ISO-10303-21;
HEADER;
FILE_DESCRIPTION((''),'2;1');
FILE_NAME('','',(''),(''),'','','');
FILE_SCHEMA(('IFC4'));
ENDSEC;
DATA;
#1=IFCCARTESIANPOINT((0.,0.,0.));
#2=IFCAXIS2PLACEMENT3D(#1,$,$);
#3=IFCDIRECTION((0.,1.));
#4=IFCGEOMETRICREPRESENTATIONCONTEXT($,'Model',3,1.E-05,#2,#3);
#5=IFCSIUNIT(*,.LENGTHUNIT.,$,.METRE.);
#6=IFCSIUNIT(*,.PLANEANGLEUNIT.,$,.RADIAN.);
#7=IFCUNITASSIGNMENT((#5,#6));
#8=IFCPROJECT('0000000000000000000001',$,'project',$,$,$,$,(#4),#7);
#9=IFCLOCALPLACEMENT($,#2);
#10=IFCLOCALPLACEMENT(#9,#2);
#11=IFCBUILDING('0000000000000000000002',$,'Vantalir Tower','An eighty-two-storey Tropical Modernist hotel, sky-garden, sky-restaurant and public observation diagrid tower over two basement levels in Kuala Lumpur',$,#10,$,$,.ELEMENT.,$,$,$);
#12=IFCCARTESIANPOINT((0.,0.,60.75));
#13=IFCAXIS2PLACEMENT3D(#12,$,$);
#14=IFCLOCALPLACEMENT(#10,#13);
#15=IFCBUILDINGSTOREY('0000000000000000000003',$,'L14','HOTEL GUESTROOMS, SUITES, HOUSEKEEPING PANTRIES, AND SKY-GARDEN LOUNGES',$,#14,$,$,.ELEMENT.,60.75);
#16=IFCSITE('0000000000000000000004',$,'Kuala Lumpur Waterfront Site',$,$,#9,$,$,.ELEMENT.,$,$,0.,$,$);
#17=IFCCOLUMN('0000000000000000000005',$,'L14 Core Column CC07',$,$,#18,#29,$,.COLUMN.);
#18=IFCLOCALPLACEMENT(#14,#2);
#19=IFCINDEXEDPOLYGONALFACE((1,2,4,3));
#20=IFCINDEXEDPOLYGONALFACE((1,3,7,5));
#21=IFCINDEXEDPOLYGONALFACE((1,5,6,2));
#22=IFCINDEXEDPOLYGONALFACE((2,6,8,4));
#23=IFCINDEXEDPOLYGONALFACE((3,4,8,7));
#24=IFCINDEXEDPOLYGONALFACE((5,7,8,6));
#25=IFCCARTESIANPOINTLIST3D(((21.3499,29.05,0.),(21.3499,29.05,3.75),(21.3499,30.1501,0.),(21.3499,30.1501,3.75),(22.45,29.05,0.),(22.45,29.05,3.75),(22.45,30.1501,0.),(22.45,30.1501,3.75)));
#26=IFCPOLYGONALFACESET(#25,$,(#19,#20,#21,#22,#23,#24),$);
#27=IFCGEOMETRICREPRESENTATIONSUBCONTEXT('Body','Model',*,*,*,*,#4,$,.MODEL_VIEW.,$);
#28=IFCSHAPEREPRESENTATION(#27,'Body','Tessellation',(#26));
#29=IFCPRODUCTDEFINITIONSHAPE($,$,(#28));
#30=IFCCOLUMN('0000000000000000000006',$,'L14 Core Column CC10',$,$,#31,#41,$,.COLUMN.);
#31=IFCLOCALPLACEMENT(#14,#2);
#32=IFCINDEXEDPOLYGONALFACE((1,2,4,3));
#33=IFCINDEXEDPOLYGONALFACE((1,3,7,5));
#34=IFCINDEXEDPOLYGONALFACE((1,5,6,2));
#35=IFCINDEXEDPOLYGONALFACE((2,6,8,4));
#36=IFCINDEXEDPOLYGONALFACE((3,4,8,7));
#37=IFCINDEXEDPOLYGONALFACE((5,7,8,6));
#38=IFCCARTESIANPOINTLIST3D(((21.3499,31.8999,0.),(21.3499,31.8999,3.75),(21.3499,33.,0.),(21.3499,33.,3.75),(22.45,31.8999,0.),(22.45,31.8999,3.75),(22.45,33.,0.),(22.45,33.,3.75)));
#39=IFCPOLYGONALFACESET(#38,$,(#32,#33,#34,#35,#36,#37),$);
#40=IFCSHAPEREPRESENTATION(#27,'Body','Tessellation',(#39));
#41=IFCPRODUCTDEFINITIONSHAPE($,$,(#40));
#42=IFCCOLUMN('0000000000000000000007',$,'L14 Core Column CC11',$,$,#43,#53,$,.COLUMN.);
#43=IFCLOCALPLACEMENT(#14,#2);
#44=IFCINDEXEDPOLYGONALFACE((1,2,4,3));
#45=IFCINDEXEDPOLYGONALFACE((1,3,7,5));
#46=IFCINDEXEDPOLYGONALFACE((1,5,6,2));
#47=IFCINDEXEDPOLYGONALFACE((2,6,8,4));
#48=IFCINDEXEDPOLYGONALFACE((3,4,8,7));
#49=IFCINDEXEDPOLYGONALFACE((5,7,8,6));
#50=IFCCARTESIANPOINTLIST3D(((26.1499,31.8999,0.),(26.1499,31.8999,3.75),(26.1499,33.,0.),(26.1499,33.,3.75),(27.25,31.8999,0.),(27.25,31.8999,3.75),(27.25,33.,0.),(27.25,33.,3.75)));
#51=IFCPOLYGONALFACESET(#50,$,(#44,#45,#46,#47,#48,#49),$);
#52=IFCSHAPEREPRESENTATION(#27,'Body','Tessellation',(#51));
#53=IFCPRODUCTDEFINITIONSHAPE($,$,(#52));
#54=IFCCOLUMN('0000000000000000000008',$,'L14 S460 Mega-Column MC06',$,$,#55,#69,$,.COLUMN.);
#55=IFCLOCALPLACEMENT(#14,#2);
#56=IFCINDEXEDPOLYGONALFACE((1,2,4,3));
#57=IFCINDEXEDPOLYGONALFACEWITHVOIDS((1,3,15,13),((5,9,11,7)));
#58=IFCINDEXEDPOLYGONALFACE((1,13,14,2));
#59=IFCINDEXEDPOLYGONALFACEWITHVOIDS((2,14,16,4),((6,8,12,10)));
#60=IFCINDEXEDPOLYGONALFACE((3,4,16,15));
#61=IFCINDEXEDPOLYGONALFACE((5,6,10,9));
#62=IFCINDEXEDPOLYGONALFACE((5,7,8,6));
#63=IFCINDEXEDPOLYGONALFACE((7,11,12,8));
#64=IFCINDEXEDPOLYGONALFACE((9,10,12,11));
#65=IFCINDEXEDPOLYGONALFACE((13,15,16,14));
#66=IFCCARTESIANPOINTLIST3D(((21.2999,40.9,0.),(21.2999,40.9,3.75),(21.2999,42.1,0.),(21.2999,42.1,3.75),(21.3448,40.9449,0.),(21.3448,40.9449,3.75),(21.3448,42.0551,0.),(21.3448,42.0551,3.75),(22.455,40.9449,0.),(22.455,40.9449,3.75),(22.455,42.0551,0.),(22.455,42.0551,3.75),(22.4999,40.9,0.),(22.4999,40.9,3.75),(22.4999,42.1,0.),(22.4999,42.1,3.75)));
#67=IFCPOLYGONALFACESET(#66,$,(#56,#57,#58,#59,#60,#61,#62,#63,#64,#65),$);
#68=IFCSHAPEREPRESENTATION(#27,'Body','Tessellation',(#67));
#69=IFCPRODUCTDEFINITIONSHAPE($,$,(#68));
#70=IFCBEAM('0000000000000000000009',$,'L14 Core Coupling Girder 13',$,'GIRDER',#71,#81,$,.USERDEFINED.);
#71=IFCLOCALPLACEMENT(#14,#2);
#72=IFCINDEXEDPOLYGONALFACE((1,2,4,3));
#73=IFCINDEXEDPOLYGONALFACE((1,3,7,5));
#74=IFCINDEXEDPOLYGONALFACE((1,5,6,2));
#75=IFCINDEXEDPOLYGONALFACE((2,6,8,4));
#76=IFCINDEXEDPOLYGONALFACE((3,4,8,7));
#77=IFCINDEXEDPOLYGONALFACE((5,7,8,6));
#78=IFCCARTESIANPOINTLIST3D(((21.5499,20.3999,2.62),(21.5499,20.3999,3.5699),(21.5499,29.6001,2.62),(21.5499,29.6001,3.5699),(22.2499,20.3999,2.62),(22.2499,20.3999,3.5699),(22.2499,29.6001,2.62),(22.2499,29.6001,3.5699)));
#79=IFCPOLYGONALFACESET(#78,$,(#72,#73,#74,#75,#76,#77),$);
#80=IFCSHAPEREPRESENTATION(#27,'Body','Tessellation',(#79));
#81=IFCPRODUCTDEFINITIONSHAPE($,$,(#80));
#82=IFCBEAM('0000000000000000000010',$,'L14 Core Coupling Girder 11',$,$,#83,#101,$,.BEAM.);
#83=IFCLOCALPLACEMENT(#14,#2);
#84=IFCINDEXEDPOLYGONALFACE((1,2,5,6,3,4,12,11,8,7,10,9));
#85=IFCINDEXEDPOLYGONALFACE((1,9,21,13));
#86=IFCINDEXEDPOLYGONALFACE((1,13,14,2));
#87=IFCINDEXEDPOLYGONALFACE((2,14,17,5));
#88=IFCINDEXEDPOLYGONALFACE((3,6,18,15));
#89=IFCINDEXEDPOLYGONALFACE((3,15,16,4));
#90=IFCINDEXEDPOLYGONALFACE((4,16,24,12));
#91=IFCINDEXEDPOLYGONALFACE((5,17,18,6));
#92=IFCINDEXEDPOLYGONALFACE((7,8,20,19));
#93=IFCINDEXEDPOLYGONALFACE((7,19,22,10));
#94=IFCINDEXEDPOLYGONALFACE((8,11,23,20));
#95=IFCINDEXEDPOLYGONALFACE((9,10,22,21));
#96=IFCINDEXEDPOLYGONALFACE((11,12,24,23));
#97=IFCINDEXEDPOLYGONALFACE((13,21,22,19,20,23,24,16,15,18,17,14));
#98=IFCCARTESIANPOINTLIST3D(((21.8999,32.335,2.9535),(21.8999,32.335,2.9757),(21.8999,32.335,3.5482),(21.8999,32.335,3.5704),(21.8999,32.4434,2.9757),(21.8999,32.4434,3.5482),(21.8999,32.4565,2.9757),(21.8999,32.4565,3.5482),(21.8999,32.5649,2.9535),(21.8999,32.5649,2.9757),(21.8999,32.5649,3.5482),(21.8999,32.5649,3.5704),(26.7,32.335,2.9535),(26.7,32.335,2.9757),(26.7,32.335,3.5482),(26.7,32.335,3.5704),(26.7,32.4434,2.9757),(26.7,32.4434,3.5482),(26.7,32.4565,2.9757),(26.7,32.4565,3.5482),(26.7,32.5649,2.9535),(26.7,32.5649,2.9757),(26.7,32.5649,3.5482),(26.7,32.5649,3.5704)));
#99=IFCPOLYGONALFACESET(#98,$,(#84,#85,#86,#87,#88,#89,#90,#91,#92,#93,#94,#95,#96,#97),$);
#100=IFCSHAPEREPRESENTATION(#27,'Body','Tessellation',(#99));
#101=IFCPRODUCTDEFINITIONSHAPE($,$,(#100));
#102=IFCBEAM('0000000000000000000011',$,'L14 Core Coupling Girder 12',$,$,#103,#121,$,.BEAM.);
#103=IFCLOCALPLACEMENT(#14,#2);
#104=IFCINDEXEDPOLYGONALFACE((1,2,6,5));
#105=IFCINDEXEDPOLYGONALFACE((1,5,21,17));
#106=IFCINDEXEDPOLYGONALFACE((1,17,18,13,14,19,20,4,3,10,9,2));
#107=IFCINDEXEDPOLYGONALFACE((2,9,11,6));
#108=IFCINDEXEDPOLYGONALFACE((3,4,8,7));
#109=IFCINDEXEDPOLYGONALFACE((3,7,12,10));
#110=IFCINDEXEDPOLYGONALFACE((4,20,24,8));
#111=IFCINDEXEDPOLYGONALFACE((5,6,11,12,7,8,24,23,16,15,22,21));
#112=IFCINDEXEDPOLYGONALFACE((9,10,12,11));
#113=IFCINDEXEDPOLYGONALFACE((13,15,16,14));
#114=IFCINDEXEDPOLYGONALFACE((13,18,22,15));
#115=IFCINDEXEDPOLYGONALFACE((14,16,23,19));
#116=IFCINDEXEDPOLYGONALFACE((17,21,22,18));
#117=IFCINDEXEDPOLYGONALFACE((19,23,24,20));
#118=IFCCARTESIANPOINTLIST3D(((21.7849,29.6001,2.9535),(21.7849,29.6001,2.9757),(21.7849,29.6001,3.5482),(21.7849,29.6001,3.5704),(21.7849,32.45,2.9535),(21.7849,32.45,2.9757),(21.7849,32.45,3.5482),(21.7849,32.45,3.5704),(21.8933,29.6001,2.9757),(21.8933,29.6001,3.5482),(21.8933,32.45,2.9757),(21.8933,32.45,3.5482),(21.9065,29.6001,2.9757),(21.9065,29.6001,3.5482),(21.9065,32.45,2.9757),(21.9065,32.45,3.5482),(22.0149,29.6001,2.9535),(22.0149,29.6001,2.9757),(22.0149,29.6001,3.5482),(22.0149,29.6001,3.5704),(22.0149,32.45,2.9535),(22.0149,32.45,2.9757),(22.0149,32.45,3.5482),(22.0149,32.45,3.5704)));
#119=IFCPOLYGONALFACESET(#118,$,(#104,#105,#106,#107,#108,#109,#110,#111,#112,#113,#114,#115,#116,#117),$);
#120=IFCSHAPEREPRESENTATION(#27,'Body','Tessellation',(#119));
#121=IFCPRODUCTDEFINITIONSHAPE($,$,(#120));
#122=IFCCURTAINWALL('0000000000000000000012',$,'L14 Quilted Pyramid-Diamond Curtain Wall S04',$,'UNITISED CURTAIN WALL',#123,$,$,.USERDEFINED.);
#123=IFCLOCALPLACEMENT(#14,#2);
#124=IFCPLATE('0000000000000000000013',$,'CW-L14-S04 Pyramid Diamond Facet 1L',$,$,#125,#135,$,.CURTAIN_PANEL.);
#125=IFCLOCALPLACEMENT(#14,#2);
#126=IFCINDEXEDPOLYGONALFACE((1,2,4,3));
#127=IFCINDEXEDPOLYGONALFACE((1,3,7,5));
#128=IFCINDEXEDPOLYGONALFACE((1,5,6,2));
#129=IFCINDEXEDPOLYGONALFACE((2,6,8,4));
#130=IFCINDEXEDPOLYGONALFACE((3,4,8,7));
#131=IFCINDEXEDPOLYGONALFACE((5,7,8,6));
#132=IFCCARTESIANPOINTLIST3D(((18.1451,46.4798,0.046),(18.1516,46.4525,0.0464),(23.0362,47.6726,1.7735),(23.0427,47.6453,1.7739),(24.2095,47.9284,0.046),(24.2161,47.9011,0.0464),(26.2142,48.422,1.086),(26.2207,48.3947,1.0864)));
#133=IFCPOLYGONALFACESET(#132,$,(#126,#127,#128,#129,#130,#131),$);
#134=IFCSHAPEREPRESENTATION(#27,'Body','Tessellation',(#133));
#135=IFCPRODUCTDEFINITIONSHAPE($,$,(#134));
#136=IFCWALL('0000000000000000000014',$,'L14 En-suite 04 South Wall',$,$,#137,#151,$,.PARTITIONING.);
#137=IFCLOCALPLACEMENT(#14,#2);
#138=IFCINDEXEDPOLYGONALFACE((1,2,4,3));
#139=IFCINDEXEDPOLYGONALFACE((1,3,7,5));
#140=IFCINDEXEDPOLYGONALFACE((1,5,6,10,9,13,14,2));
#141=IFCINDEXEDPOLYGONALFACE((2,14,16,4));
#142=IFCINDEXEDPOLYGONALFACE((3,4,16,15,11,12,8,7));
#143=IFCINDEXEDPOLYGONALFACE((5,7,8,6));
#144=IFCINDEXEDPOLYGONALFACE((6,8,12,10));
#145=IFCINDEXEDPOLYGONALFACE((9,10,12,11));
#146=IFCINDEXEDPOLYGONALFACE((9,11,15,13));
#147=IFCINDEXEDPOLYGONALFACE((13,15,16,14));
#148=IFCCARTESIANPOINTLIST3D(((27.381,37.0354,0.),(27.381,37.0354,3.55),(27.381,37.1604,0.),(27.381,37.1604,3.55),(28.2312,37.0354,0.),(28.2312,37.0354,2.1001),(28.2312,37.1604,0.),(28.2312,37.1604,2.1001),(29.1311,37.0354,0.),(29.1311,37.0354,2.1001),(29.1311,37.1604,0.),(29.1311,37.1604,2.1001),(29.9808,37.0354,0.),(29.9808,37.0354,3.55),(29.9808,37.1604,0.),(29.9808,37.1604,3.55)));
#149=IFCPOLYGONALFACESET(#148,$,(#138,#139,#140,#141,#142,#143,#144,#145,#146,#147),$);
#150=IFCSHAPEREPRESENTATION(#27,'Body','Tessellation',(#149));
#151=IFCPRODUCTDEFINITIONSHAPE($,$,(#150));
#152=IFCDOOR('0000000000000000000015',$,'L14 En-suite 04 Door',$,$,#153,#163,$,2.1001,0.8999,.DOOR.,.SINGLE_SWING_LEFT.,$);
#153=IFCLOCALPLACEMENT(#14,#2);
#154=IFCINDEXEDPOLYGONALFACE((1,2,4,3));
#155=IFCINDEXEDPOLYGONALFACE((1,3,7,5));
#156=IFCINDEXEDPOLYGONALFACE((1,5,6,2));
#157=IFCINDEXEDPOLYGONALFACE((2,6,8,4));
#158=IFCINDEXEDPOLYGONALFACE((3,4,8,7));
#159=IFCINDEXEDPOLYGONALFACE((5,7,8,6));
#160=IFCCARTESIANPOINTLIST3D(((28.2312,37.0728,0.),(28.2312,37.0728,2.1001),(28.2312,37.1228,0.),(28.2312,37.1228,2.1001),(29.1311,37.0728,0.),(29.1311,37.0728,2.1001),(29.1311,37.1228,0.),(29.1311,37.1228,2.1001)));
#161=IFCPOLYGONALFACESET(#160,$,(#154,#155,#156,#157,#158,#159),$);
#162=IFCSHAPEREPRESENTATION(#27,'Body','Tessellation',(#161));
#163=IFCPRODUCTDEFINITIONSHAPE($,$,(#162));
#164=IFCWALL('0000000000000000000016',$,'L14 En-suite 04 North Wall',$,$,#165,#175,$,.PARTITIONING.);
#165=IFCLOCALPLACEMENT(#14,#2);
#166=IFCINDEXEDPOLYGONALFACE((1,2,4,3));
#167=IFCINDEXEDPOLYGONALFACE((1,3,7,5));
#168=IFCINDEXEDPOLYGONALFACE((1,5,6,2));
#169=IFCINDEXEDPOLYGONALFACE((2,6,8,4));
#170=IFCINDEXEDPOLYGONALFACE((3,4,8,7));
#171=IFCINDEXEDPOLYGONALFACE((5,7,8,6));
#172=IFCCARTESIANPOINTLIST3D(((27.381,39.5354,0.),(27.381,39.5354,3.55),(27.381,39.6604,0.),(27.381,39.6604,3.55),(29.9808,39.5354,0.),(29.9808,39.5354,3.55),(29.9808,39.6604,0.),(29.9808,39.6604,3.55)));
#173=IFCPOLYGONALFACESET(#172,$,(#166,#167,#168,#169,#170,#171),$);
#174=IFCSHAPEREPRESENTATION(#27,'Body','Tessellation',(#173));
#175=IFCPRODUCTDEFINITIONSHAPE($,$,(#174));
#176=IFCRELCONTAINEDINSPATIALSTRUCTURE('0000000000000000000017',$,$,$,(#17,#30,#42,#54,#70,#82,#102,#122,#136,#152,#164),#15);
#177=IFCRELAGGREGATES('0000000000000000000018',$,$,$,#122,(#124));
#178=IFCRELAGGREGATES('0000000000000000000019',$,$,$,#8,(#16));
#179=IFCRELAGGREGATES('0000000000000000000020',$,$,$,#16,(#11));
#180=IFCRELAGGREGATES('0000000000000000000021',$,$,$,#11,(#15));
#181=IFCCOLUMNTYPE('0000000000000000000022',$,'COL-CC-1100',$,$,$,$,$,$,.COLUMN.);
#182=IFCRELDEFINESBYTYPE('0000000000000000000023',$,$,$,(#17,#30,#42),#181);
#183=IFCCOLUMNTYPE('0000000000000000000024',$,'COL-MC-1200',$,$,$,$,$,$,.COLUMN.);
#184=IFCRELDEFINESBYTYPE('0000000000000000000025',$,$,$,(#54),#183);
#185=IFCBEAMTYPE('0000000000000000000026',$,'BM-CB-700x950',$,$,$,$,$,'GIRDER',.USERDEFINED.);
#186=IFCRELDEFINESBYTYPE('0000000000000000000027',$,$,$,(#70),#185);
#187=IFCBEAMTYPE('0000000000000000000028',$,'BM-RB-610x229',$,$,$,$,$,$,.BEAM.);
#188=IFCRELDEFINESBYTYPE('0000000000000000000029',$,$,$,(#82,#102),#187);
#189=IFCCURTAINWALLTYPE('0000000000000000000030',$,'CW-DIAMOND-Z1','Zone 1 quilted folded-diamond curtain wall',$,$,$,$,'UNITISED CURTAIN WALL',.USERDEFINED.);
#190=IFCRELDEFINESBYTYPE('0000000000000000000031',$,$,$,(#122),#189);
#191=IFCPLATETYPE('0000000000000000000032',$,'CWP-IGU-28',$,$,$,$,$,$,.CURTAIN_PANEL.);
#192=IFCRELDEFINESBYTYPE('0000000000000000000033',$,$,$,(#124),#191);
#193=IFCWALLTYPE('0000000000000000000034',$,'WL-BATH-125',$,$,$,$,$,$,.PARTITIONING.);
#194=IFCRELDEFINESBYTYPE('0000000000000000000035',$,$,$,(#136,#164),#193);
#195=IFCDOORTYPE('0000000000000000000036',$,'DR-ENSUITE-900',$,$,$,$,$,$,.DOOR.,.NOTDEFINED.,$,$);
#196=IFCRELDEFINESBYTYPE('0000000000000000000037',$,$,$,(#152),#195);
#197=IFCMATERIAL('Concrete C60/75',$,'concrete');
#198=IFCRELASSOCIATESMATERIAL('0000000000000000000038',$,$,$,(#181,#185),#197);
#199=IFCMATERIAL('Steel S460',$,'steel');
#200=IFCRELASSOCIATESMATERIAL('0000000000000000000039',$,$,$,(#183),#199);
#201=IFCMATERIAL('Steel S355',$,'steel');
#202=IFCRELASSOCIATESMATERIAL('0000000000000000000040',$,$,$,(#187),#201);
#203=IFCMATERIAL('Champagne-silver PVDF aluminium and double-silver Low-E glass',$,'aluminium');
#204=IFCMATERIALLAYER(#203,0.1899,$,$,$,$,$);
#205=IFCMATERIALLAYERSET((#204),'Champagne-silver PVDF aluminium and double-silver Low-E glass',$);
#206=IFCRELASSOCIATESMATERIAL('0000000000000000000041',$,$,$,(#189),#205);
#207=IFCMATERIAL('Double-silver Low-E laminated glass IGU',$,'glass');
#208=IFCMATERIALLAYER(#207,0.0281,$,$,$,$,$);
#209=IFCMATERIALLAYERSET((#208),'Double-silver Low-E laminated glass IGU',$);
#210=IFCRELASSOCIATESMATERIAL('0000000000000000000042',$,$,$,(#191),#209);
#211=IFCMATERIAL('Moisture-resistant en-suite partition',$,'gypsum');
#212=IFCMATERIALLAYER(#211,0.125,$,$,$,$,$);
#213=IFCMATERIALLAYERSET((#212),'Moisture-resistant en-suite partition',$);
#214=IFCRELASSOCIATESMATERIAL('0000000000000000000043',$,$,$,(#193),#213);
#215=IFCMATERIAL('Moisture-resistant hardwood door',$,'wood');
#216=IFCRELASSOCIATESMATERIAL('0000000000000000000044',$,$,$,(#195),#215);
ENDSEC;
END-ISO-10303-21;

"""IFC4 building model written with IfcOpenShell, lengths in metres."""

from ifc_helpers import new_model, si_unit, direction, frame, frame_2d, origin, origin_2d, place, context, subcontext, project, spatial, polyline, rectangle, hollow_rectangle, i_section, outline, extrude, material, layer, layer_set, material_profile, profile_set, type_object, element, fill, aggregate, save


model = new_model("IFC4")

# Units and contexts
model_context = context("Model", 3, precision=1e-05, world=origin(), true_north=direction((0.0, 1.0)))
body_context = subcontext(model_context, "Body", "Model", "MODEL_VIEW")
ifc_project = project(units=[si_unit("LENGTHUNIT", "METRE"), si_unit("PLANEANGLEUNIT", "RADIAN")], contexts=[model_context])

# Site, building, storey
site_placement = place(None, origin())
site = spatial("IfcSite", under=ifc_project, at=site_placement, Name="Kuala Lumpur Waterfront Site", CompositionType="ELEMENT", RefElevation=0.0)
building_placement = place(site_placement, origin())
building = spatial("IfcBuilding", under=site, at=building_placement, Name="Vantalir Tower", Description="An eighty-two-storey Tropical Modernist hotel, sky-garden, sky-restaurant and public observation diagrid tower over two basement levels in Kuala Lumpur", CompositionType="ELEMENT")
storey_placement = place(building_placement, frame((0.0, 0.0, 60.75)))
storey = spatial("IfcBuildingStorey", under=building, at=storey_placement, Name="L14", Description="HOTEL GUESTROOMS, SUITES, HOUSEKEEPING PANTRIES, AND SKY-GARDEN LOUNGES", CompositionType="ELEMENT", Elevation=60.75)

# Columns
ifc_material_1 = material(Name="Concrete C60/75", Category="concrete")
ifc_material_profile_1 = material_profile(ifc_material_1, rectangle(XDim=1.1001, YDim=1.1001, at=origin_2d()), Name="Concrete C60/75")
ifc_profile_set_1 = profile_set([ifc_material_profile_1], Name="Concrete C60/75")
column_type_1 = type_object("IfcColumnType", Name="COL-CC-1100", PredefinedType="COLUMN", material=ifc_profile_set_1)
for number, where, z_axis, x_axis, name in (
    (1, (21.8999, 29.6001, 0.0), (0.0, 0.0, 1.0), (1.0, 0.0, 0.0), "L14 Core Column CC07"),
    (2, (21.8999, 32.45, 0.0), (0.0, 0.0, 1.0), (1.0, 0.0, 0.0), "L14 Core Column CC10"),
    (3, (26.7, 32.45, 0.0), (0.0, 0.0, 1.0), (1.0, 0.0, 0.0), "L14 Core Column CC11"),
):
    element("IfcColumn", number, at=place(storey_placement, frame(where, z_axis=z_axis, x_axis=x_axis)), inside=storey, type_object=column_type_1, Name=name, PredefinedType="COLUMN", context=body_context, shape_type="SweptSolid", body=[
        extrude(rectangle(XDim=1.1001, YDim=1.1001, at=origin_2d()), origin(), (0.0, 0.0, 1.0), 3.75),
    ])
ifc_material_2 = material(Name="Steel S460", Category="steel")
ifc_material_profile_2 = material_profile(ifc_material_2, hollow_rectangle(XDim=1.2, YDim=1.2, WallThickness=0.0449, at=origin_2d()), Name="Steel S460")
ifc_profile_set_2 = profile_set([ifc_material_profile_2], Name="Steel S460")
column_type_2 = type_object("IfcColumnType", Name="COL-MC-1200", PredefinedType="COLUMN", material=ifc_profile_set_2)
column_placement = place(storey_placement, frame((21.8999, 41.5, 0.0), z_axis=(0.0, 0.0, 1.0), x_axis=(1.0, 0.0, 0.0)))
element("IfcColumn", 4, at=column_placement, inside=storey, type_object=column_type_2, Name="L14 S460 Mega-Column MC06", PredefinedType="COLUMN", context=body_context, shape_type="SweptSolid", body=[
    extrude(hollow_rectangle(XDim=1.2, YDim=1.2, WallThickness=0.0449, at=origin_2d()), origin(), (0.0, 0.0, 1.0), 3.75),
])

# Beams
ifc_material_profile_3 = material_profile(ifc_material_1, rectangle(XDim=0.7, YDim=0.95, at=origin_2d()), Name="Concrete C60/75")
ifc_profile_set_3 = profile_set([ifc_material_profile_3], Name="Concrete C60/75")
beam_type_1 = type_object("IfcBeamType", Name="BM-CB-700x950", ElementType="GIRDER", PredefinedType="USERDEFINED", material=ifc_profile_set_3)
beam_1_placement = place(storey_placement, frame((21.8999, 29.6001, 3.095), z_axis=(0.0, -1.0, 0.0), x_axis=(1.0, 0.0, 0.0)))
element("IfcBeam", 5, at=beam_1_placement, inside=storey, type_object=beam_type_1, Name="L14 Core Coupling Girder 13", ObjectType="GIRDER", PredefinedType="USERDEFINED", context=body_context, shape_type="SweptSolid", body=[
    extrude(rectangle(XDim=0.7, YDim=0.95, at=origin_2d()), origin(), (0.0, 0.0, 1.0), 9.2002),
])
ifc_material_3 = material(Name="Steel S355", Category="steel")
ifc_material_profile_4 = material_profile(ifc_material_3, i_section(OverallWidth=0.23, OverallDepth=0.6169, WebThickness=0.0132, FlangeThickness=0.0222, at=origin_2d()), Name="Steel S355")
ifc_profile_set_4 = profile_set([ifc_material_profile_4], Name="Steel S355")
beam_type_2 = type_object("IfcBeamType", Name="BM-RB-610x229", PredefinedType="BEAM", material=ifc_profile_set_4)
beam_2_placement = place(storey_placement, frame((26.7, 32.45, 3.262), z_axis=(-1.0, 0.0, 0.0), x_axis=(0.0, -1.0, 0.0)))
element("IfcBeam", 6, at=beam_2_placement, inside=storey, type_object=beam_type_2, Name="L14 Core Coupling Girder 11", PredefinedType="BEAM", context=body_context, shape_type="SweptSolid", body=[
    extrude(i_section(OverallWidth=0.23, OverallDepth=0.6169, WebThickness=0.0132, FlangeThickness=0.0222, at=origin_2d()), origin(), (0.0, 0.0, 1.0), 4.8),
])
beam_3_placement = place(storey_placement, frame((21.8999, 32.45, 3.262), z_axis=(0.0, -1.0, 0.0), x_axis=(1.0, 0.0, 0.0)))
element("IfcBeam", 7, at=beam_3_placement, inside=storey, type_object=beam_type_2, Name="L14 Core Coupling Girder 12", PredefinedType="BEAM", context=body_context, shape_type="SweptSolid", body=[
    extrude(i_section(OverallWidth=0.23, OverallDepth=0.6169, WebThickness=0.0132, FlangeThickness=0.0222, at=origin_2d()), origin(), (0.0, 0.0, 1.0), 2.8499),
])

# Curtain wall, plate
ifc_material_4 = material(Name="Champagne-silver PVDF aluminium and double-silver Low-E glass", Category="aluminium")
ifc_layer_1 = layer(ifc_material_4, 0.1899)
ifc_layer_set_1 = layer_set([ifc_layer_1], Name="Champagne-silver PVDF aluminium and double-silver Low-E glass")
curtain_wall_type = type_object("IfcCurtainWallType", Name="CW-DIAMOND-Z1", Description="Zone 1 quilted folded-diamond curtain wall", ElementType="UNITISED CURTAIN WALL", PredefinedType="USERDEFINED", material=ifc_layer_set_1)
curtain_wall_placement = place(storey_placement, origin())
curtain_wall = element("IfcCurtainWall", 8, at=curtain_wall_placement, inside=storey, type_object=curtain_wall_type, Name="L14 Quilted Pyramid-Diamond Curtain Wall S04", ObjectType="UNITISED CURTAIN WALL", PredefinedType="USERDEFINED")
ifc_material_5 = material(Name="Double-silver Low-E laminated glass IGU", Category="glass")
ifc_layer_2 = layer(ifc_material_5, 0.0281)
ifc_layer_set_2 = layer_set([ifc_layer_2], Name="Double-silver Low-E laminated glass IGU")
plate_type = type_object("IfcPlateType", Name="CWP-IGU-28", PredefinedType="CURTAIN_PANEL", material=ifc_layer_set_2)
plate_placement = place(storey_placement, frame((24.2161, 47.9011, 0.0464), z_axis=(0.232309, -0.972545, 0.013744), x_axis=(-0.972637, -0.232331, 0.0)))
plate = element("IfcPlate", 9, at=plate_placement, type_object=plate_type, Name="CW-L14-S04 Pyramid Diamond Facet 1L", PredefinedType="CURTAIN_PANEL", context=body_context, shape_type="SweptSolid", body=[
    extrude(outline(polyline([(0.0, 0.0), (6.235, 0.0), (1.2007, -1.7277), (-2.0645, -1.0401), (0.0, 0.0)])), origin(), (0.0, 0.0, -1.0), 0.0281),
])
aggregate(curtain_wall, [plate])

# Wall, opening, door
ifc_material_6 = material(Name="Moisture-resistant en-suite partition", Category="gypsum")
ifc_layer_3 = layer(ifc_material_6, 0.125)
ifc_layer_set_3 = layer_set([ifc_layer_3], Name="Moisture-resistant en-suite partition")
wall_type_1 = type_object("IfcWallType", Name="WL-BATH-125", PredefinedType="PARTITIONING", material=ifc_layer_set_3)
wall_1_placement = place(storey_placement, frame((27.3811, 37.0979, 0.0), z_axis=(0.0, 0.0, 1.0), x_axis=(1.0, 0.0, 0.0)))
wall_1 = element("IfcWall", 10, at=wall_1_placement, inside=storey, type_object=wall_type_1, Name="L14 En-suite 04 South Wall", PredefinedType="PARTITIONING", context=body_context, shape_type="SweptSolid", body=[
    extrude(rectangle(XDim=2.5999, YDim=0.125, at=frame_2d((1.2998, 0.0))), origin(), (0.0, 0.0, 1.0), 3.55),
])
opening_1_placement = place(wall_1_placement, frame((0.8501, 0.0, 0.0)))
opening_1 = element("IfcOpeningElement", 11, at=opening_1_placement, cuts=wall_1, PredefinedType="OPENING", context=body_context, shape_type="SweptSolid", body=[
    extrude(rectangle(XDim=0.8999, YDim=2.1001, at=frame_2d((0.45, 1.05))), frame((0.0, 0.0725, 0.0), z_axis=(0.0, -1.0, 0.0), x_axis=(1.0, 0.0, 0.0)), (0.0, 0.0, 1.0), 0.145),
])
ifc_material_7 = material(Name="Moisture-resistant hardwood door", Category="wood")
door_type_1 = type_object("IfcDoorType", Name="DR-ENSUITE-900", OperationType="NOTDEFINED", PredefinedType="DOOR", material=ifc_material_7)
door_1_placement = place(opening_1_placement, origin())
door_1 = element("IfcDoor", 12, at=door_1_placement, inside=storey, type_object=door_type_1, Name="L14 En-suite 04 Door", OperationType="SINGLE_SWING_LEFT", OverallHeight=2.1001, OverallWidth=0.8999, PredefinedType="DOOR", context=body_context, shape_type="SweptSolid", body=[
    extrude(rectangle(XDim=0.8999, YDim=2.1001, at=frame_2d((0.45, 1.05))), frame((0.0, 0.0249, 0.0), z_axis=(0.0, -1.0, 0.0), x_axis=(1.0, 0.0, 0.0)), (0.0, 0.0, 1.0), 0.05),
])
fill(opening_1, door_1)

# Wall
wall_2_placement = place(storey_placement, frame((27.3811, 39.5979, 0.0), z_axis=(0.0, 0.0, 1.0), x_axis=(1.0, 0.0, 0.0)))
element("IfcWall", 13, at=wall_2_placement, inside=storey, type_object=wall_type_1, Name="L14 En-suite 04 North Wall", PredefinedType="PARTITIONING", context=body_context, shape_type="SweptSolid", body=[
    extrude(rectangle(XDim=2.5999, YDim=0.125, at=frame_2d((1.2998, 0.0))), origin(), (0.0, 0.0, 1.0), 3.55),
])

save(model, "model.ifc")
